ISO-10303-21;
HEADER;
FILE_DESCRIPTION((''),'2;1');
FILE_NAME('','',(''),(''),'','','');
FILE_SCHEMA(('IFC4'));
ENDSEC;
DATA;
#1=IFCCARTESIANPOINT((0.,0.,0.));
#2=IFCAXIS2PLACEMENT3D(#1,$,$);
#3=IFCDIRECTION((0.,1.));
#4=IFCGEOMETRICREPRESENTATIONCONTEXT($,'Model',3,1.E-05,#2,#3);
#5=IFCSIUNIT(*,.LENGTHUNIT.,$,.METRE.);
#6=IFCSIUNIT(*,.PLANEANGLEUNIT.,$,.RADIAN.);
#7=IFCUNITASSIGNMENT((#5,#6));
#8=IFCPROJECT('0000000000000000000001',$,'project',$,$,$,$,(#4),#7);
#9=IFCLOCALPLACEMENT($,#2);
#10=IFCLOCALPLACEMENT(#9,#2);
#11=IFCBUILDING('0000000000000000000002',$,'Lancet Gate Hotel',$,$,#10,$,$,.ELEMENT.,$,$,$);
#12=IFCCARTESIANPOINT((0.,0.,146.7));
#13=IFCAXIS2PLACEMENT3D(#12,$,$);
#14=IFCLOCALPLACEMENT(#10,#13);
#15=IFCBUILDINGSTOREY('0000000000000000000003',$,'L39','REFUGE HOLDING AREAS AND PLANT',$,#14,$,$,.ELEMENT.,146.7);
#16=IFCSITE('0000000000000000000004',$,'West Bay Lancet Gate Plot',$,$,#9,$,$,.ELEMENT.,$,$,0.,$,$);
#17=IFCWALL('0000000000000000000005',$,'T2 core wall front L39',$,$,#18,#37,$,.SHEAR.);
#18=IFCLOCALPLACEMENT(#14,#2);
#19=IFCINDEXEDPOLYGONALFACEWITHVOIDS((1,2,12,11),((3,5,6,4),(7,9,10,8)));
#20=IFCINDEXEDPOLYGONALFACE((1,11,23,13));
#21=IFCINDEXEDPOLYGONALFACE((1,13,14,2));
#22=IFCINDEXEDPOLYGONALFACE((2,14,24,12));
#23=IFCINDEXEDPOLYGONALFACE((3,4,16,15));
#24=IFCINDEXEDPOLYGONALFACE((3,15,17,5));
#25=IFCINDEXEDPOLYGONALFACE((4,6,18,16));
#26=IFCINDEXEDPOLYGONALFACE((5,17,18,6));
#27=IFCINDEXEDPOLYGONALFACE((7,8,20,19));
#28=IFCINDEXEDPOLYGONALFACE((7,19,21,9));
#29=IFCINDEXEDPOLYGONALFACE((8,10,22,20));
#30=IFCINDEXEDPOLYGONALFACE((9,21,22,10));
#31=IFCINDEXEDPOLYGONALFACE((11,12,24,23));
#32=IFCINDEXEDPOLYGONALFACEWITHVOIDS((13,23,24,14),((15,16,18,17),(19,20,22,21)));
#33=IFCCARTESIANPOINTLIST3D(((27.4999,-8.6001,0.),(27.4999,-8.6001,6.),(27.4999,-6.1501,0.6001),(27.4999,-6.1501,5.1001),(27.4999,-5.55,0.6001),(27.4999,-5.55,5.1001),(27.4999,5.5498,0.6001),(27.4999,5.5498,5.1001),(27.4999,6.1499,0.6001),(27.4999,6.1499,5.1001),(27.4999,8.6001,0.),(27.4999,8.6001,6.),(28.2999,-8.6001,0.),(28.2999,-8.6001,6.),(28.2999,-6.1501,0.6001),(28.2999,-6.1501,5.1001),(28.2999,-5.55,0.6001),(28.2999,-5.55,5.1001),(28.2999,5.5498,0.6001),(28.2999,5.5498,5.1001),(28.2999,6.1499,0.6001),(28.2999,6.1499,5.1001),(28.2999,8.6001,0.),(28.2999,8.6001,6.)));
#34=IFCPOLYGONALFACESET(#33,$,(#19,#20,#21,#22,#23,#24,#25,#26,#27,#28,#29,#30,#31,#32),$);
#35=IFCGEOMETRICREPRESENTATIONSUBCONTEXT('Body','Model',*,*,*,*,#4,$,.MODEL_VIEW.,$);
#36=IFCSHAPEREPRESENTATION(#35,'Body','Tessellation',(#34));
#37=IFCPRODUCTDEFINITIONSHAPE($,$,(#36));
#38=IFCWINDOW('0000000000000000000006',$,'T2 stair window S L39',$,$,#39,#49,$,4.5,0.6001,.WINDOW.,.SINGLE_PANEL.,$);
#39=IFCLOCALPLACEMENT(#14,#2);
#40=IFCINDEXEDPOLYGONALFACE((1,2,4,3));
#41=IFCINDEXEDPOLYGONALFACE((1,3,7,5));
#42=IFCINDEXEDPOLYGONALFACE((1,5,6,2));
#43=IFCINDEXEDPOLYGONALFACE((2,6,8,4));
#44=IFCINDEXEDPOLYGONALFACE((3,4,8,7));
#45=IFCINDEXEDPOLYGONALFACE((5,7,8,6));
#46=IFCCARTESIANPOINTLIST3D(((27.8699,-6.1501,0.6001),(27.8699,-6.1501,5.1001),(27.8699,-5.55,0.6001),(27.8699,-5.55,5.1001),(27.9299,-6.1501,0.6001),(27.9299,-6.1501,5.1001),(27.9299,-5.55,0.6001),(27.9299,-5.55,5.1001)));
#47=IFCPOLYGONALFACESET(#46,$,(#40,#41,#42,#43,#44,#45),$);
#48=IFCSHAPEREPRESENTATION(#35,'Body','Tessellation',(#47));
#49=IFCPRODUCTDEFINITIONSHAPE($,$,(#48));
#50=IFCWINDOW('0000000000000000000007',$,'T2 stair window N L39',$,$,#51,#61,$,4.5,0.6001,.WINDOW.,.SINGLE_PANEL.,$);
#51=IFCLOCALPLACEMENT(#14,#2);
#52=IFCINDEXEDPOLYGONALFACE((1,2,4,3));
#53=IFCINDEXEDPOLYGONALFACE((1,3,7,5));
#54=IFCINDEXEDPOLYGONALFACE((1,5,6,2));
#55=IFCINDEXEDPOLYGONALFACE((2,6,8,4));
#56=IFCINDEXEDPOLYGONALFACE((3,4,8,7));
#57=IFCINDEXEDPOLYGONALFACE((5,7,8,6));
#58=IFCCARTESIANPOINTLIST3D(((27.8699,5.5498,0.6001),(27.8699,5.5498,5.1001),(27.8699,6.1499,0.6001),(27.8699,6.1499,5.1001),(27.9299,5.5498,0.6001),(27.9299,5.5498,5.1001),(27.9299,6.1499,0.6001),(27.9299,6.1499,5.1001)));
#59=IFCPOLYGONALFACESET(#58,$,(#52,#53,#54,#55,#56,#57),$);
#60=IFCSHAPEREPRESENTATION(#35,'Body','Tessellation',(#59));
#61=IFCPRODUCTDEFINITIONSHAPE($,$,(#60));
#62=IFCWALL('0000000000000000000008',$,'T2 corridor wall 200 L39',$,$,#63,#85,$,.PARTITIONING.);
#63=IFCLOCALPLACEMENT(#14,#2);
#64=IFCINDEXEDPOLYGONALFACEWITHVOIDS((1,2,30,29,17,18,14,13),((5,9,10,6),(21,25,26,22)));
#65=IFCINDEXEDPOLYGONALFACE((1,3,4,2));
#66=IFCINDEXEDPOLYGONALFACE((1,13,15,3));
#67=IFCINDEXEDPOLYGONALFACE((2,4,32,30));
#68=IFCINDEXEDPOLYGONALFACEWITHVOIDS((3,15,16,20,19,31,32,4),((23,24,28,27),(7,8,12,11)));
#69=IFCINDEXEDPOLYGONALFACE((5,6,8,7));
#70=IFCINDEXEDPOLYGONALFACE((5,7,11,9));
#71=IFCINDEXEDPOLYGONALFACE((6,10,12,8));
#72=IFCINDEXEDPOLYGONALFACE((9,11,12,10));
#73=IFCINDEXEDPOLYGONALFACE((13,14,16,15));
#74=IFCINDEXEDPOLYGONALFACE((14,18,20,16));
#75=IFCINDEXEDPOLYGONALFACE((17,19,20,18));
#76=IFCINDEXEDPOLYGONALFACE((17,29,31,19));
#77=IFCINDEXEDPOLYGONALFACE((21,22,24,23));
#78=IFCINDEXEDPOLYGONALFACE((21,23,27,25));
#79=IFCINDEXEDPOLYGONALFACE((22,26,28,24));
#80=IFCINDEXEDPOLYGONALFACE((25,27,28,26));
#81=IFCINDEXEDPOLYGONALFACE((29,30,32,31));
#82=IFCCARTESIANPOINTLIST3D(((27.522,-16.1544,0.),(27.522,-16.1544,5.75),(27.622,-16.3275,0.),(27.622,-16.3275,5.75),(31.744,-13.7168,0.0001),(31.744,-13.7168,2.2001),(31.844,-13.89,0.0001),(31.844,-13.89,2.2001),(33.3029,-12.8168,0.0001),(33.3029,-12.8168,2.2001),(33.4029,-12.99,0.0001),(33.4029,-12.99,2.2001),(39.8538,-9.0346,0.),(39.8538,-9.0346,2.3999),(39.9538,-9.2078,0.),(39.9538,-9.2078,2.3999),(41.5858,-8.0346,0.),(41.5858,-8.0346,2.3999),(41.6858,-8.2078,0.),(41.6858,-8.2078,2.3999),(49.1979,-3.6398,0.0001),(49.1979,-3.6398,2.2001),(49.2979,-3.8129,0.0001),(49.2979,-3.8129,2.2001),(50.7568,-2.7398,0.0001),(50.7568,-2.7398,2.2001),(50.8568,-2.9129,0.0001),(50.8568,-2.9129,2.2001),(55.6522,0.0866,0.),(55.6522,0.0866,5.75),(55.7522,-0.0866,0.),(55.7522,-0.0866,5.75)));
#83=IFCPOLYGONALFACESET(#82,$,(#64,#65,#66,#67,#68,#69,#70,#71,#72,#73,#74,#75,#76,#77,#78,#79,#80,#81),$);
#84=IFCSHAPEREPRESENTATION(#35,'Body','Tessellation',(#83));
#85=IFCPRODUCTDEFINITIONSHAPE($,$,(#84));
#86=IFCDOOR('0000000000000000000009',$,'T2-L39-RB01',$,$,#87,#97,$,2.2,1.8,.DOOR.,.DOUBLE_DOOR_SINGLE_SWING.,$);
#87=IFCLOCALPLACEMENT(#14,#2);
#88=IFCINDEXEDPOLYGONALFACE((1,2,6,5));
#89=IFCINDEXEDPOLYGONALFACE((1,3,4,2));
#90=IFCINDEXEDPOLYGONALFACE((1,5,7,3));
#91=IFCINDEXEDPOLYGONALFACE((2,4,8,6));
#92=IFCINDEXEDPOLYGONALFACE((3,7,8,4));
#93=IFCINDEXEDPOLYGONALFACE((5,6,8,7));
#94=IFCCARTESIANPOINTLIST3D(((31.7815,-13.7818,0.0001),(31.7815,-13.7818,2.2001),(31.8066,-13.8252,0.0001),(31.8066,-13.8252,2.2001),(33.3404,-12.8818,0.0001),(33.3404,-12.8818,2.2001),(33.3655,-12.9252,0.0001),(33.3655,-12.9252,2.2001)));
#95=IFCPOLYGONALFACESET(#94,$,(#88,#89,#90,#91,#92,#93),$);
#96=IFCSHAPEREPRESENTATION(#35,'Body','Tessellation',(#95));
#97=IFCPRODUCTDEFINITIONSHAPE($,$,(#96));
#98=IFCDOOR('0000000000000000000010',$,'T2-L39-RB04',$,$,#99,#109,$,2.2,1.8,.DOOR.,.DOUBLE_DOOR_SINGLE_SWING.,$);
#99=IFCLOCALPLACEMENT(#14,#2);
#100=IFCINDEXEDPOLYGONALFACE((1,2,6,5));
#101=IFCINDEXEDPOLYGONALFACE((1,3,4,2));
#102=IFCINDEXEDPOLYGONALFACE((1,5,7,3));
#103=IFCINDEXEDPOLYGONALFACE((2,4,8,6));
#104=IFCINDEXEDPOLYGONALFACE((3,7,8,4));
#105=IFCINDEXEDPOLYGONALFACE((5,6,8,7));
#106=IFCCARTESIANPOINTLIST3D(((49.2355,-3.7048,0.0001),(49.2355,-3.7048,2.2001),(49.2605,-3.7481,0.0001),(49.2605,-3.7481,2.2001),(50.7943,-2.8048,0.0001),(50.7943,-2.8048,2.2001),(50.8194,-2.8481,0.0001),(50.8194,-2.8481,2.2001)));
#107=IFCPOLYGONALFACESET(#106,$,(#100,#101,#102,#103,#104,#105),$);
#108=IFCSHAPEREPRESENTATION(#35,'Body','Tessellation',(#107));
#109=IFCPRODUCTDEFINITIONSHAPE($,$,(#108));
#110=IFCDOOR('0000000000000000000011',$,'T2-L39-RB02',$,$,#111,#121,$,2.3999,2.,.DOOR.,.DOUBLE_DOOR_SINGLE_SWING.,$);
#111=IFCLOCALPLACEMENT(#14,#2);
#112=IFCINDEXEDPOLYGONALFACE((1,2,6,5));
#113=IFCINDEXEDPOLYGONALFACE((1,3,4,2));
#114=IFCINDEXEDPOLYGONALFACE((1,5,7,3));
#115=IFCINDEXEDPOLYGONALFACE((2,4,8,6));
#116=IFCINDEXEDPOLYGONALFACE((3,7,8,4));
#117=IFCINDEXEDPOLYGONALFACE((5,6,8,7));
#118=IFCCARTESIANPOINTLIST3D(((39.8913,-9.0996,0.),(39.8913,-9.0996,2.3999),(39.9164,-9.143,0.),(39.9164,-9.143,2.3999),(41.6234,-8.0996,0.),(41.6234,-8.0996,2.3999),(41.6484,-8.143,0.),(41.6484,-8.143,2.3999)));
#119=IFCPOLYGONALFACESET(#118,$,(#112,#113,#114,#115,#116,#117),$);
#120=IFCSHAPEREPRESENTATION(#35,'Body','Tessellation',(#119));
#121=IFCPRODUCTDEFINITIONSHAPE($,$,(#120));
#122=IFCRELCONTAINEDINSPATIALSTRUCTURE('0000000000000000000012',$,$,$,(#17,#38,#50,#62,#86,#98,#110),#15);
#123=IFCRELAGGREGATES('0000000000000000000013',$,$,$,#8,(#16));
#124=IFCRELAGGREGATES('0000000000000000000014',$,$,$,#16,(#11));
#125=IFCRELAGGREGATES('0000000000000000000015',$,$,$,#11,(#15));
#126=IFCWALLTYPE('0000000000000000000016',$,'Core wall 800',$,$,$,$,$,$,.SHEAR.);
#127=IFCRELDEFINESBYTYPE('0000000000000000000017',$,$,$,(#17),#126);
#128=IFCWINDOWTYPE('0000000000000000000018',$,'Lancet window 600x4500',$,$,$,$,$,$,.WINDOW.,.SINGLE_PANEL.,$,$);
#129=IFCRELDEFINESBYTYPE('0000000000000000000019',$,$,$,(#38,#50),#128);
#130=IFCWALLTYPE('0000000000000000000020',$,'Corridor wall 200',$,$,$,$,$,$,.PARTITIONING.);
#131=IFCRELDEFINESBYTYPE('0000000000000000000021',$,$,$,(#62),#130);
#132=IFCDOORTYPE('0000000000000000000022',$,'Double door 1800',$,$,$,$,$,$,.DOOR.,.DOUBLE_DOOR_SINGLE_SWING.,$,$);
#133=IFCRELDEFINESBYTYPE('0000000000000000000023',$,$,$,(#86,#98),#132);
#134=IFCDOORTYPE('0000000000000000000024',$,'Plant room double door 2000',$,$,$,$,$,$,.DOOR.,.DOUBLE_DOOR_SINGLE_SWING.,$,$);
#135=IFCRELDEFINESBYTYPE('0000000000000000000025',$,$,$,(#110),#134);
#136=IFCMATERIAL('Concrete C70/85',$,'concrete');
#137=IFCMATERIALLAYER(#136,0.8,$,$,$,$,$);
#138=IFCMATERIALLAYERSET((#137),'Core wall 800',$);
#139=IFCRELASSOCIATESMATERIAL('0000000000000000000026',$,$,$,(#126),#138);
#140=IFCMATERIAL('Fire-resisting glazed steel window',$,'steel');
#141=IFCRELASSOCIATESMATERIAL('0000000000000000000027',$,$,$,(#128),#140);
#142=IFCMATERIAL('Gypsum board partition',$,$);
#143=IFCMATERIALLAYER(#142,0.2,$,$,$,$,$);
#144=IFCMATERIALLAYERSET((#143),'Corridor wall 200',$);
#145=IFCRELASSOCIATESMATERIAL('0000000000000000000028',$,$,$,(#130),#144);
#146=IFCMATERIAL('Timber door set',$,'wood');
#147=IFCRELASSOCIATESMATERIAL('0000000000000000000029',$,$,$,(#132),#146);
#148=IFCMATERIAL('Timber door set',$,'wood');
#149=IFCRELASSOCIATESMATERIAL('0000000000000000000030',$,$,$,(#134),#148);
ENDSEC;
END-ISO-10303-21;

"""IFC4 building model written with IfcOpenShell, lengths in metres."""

from ifc_helpers import new_model, si_unit, direction, frame, frame_2d, origin, place, context, subcontext, project, spatial, rectangle, extrude, material, layer, layer_set, type_object, element, fill, save


model = new_model("IFC4")

# Units and contexts
model_context = context("Model", 3, precision=1e-05, world=origin(), true_north=direction((0.0, 1.0)))
body_context = subcontext(model_context, "Body", "Model", "MODEL_VIEW")
ifc_project = project(units=[si_unit("LENGTHUNIT", "METRE"), si_unit("PLANEANGLEUNIT", "RADIAN")], contexts=[model_context])

# Site, building, storey
site_placement = place(None, origin())
site = spatial("IfcSite", under=ifc_project, at=site_placement, Name="West Bay Lancet Gate Plot", CompositionType="ELEMENT", RefElevation=0.0)
building_placement = place(site_placement, origin())
building = spatial("IfcBuilding", under=site, at=building_placement, Name="Lancet Gate Hotel", CompositionType="ELEMENT")
storey_placement = place(building_placement, frame((0.0, 0.0, 146.7)))
storey = spatial("IfcBuildingStorey", under=building, at=storey_placement, Name="L39", Description="REFUGE HOLDING AREAS AND PLANT", CompositionType="ELEMENT", Elevation=146.7)

# Wall, openings, windows
ifc_material_1 = material(Name="Concrete C70/85", Category="concrete")
ifc_layer_1 = layer(ifc_material_1, 0.8)
ifc_layer_set_1 = layer_set([ifc_layer_1], Name="Core wall 800")
wall_type_1 = type_object("IfcWallType", Name="Core wall 800", PredefinedType="SHEAR", material=ifc_layer_set_1)
wall_1_placement = place(storey_placement, frame((27.8999, -8.6001, 0.0), z_axis=(0.0, 0.0, 1.0), x_axis=(0.0, 1.0, 0.0)))
wall_1 = element("IfcWall", 1, at=wall_1_placement, inside=storey, type_object=wall_type_1, Name="T2 core wall front L39", PredefinedType="SHEAR", context=body_context, shape_type="SweptSolid", body=[
    extrude(rectangle(XDim=17.2002, YDim=0.8, at=frame_2d((8.6001, 0.0))), origin(), (0.0, 0.0, 1.0), 6.0),
])
opening_1_placement = place(wall_1_placement, frame((2.45, 0.0, 0.6001)))
opening_1 = element("IfcOpeningElement", 2, at=opening_1_placement, cuts=wall_1, PredefinedType="OPENING", context=body_context, shape_type="SweptSolid", body=[
    extrude(rectangle(XDim=0.6001, YDim=4.5, at=frame_2d((0.3, 2.25))), frame((0.0, 0.4099, 0.0), z_axis=(0.0, -1.0, 0.0), x_axis=(1.0, 0.0, 0.0)), (0.0, 0.0, 1.0), 0.8201),
])
opening_2_placement = place(wall_1_placement, frame((14.1499, 0.0, 0.6001)))
opening_2 = element("IfcOpeningElement", 3, at=opening_2_placement, cuts=wall_1, PredefinedType="OPENING", context=body_context, shape_type="SweptSolid", body=[
    extrude(rectangle(XDim=0.6001, YDim=4.5, at=frame_2d((0.3, 2.25))), frame((0.0, 0.4099, 0.0), z_axis=(0.0, -1.0, 0.0), x_axis=(1.0, 0.0, 0.0)), (0.0, 0.0, 1.0), 0.8201),
])
ifc_material_2 = material(Name="Fire-resisting glazed steel window", Category="steel")
window_type = type_object("IfcWindowType", Name="Lancet window 600x4500", PartitioningType="SINGLE_PANEL", PredefinedType="WINDOW", material=ifc_material_2)
window_1_placement = place(opening_1_placement, origin())
window_1 = element("IfcWindow", 4, at=window_1_placement, inside=storey, type_object=window_type, Name="T2 stair window S L39", OverallHeight=4.5, OverallWidth=0.6001, PartitioningType="SINGLE_PANEL", PredefinedType="WINDOW", context=body_context, shape_type="SweptSolid", body=[
    extrude(rectangle(XDim=0.6001, YDim=4.5, at=frame_2d((0.3, 2.25))), frame((0.0, 0.03, 0.0), z_axis=(0.0, -1.0, 0.0), x_axis=(1.0, 0.0, 0.0)), (0.0, 0.0, 1.0), 0.0601),
])
fill(opening_1, window_1)
window_2_placement = place(opening_2_placement, origin())
window_2 = element("IfcWindow", 5, at=window_2_placement, inside=storey, type_object=window_type, Name="T2 stair window N L39", OverallHeight=4.5, OverallWidth=0.6001, PartitioningType="SINGLE_PANEL", PredefinedType="WINDOW", context=body_context, shape_type="SweptSolid", body=[
    extrude(rectangle(XDim=0.6001, YDim=4.5, at=frame_2d((0.3, 2.25))), frame((0.0, 0.03, 0.0), z_axis=(0.0, -1.0, 0.0), x_axis=(1.0, 0.0, 0.0)), (0.0, 0.0, 1.0), 0.0601),
])
fill(opening_2, window_2)

# Wall, openings, doors
ifc_material_3 = material(Name="Gypsum board partition")
ifc_layer_2 = layer(ifc_material_3, 0.2)
ifc_layer_set_2 = layer_set([ifc_layer_2], Name="Corridor wall 200")
wall_type_2 = type_object("IfcWallType", Name="Corridor wall 200", PredefinedType="PARTITIONING", material=ifc_layer_set_2)
wall_2_placement = place(storey_placement, frame((27.572, -16.241, 0.0), z_axis=(0.0, 0.0, 1.0), x_axis=(0.866025, 0.500001, 0.0)))
wall_2 = element("IfcWall", 6, at=wall_2_placement, inside=storey, type_object=wall_type_2, Name="T2 corridor wall 200 L39", PredefinedType="PARTITIONING", context=body_context, shape_type="SweptSolid", body=[
    extrude(rectangle(XDim=32.4819, YDim=0.2, at=frame_2d((16.241, 0.0))), origin(), (0.0, 0.0, 1.0), 5.75),
])
opening_3_placement = place(wall_2_placement, frame((4.8752, 0.0, 0.0)))
opening_3 = element("IfcOpeningElement", 7, at=opening_3_placement, cuts=wall_2, PredefinedType="OPENING", context=body_context, shape_type="SweptSolid", body=[
    extrude(rectangle(XDim=1.8, YDim=2.2, at=frame_2d((0.8999, 1.1001))), frame((0.0, 0.1099, 0.0), z_axis=(0.0, -1.0, 0.0), x_axis=(1.0, 0.0, 0.0)), (0.0, 0.0, 1.0), 0.22),
])
opening_4_placement = place(wall_2_placement, frame((14.2395, 0.0, 0.0)))
opening_4 = element("IfcOpeningElement", 8, at=opening_4_placement, cuts=wall_2, PredefinedType="OPENING", context=body_context, shape_type="SweptSolid", body=[
    extrude(rectangle(XDim=2.0, YDim=2.3999, at=frame_2d((1.0, 1.2))), frame((0.0, 0.1099, 0.0), z_axis=(0.0, -1.0, 0.0), x_axis=(1.0, 0.0, 0.0)), (0.0, 0.0, 1.0), 0.22),
])
opening_5_placement = place(wall_2_placement, frame((25.0293, 0.0, 0.0)))
opening_5 = element("IfcOpeningElement", 9, at=opening_5_placement, cuts=wall_2, PredefinedType="OPENING", context=body_context, shape_type="SweptSolid", body=[
    extrude(rectangle(XDim=1.8, YDim=2.2, at=frame_2d((0.8999, 1.1001))), frame((0.0, 0.1099, 0.0), z_axis=(0.0, -1.0, 0.0), x_axis=(1.0, 0.0, 0.0)), (0.0, 0.0, 1.0), 0.22),
])
ifc_material_4 = material(Name="Timber door set", Category="wood")
door_type_1 = type_object("IfcDoorType", Name="Double door 1800", OperationType="DOUBLE_DOOR_SINGLE_SWING", PredefinedType="DOOR", material=ifc_material_4)
door_1_placement = place(opening_3_placement, origin())
door_1 = element("IfcDoor", 10, at=door_1_placement, inside=storey, type_object=door_type_1, Name="T2-L39-RB01", OperationType="DOUBLE_DOOR_SINGLE_SWING", OverallHeight=2.2, OverallWidth=1.8, PredefinedType="DOOR", context=body_context, shape_type="SweptSolid", body=[
    extrude(rectangle(XDim=1.8, YDim=2.2, at=frame_2d((0.8999, 1.1001))), frame((0.0, 0.0249, 0.0), z_axis=(0.0, -1.0, 0.0), x_axis=(1.0, 0.0, 0.0)), (0.0, 0.0, 1.0), 0.05),
])
fill(opening_3, door_1)
door_2_placement = place(opening_5_placement, origin())
door_2 = element("IfcDoor", 11, at=door_2_placement, inside=storey, type_object=door_type_1, Name="T2-L39-RB04", OperationType="DOUBLE_DOOR_SINGLE_SWING", OverallHeight=2.2, OverallWidth=1.8, PredefinedType="DOOR", context=body_context, shape_type="SweptSolid", body=[
    extrude(rectangle(XDim=1.8, YDim=2.2, at=frame_2d((0.8999, 1.1001))), frame((0.0, 0.0249, 0.0), z_axis=(0.0, -1.0, 0.0), x_axis=(1.0, 0.0, 0.0)), (0.0, 0.0, 1.0), 0.05),
])
fill(opening_5, door_2)
ifc_material_5 = material(Name="Timber door set", Category="wood")
door_type_2 = type_object("IfcDoorType", Name="Plant room double door 2000", OperationType="DOUBLE_DOOR_SINGLE_SWING", PredefinedType="DOOR", material=ifc_material_5)
door_3_placement = place(opening_4_placement, origin())
door_3 = element("IfcDoor", 12, at=door_3_placement, inside=storey, type_object=door_type_2, Name="T2-L39-RB02", OperationType="DOUBLE_DOOR_SINGLE_SWING", OverallHeight=2.3999, OverallWidth=2.0, PredefinedType="DOOR", context=body_context, shape_type="SweptSolid", body=[
    extrude(rectangle(XDim=2.0, YDim=2.3999, at=frame_2d((1.0, 1.2))), frame((0.0, 0.0249, 0.0), z_axis=(0.0, -1.0, 0.0), x_axis=(1.0, 0.0, 0.0)), (0.0, 0.0, 1.0), 0.05),
])
fill(opening_4, door_3)

save(model, "model.ifc")
